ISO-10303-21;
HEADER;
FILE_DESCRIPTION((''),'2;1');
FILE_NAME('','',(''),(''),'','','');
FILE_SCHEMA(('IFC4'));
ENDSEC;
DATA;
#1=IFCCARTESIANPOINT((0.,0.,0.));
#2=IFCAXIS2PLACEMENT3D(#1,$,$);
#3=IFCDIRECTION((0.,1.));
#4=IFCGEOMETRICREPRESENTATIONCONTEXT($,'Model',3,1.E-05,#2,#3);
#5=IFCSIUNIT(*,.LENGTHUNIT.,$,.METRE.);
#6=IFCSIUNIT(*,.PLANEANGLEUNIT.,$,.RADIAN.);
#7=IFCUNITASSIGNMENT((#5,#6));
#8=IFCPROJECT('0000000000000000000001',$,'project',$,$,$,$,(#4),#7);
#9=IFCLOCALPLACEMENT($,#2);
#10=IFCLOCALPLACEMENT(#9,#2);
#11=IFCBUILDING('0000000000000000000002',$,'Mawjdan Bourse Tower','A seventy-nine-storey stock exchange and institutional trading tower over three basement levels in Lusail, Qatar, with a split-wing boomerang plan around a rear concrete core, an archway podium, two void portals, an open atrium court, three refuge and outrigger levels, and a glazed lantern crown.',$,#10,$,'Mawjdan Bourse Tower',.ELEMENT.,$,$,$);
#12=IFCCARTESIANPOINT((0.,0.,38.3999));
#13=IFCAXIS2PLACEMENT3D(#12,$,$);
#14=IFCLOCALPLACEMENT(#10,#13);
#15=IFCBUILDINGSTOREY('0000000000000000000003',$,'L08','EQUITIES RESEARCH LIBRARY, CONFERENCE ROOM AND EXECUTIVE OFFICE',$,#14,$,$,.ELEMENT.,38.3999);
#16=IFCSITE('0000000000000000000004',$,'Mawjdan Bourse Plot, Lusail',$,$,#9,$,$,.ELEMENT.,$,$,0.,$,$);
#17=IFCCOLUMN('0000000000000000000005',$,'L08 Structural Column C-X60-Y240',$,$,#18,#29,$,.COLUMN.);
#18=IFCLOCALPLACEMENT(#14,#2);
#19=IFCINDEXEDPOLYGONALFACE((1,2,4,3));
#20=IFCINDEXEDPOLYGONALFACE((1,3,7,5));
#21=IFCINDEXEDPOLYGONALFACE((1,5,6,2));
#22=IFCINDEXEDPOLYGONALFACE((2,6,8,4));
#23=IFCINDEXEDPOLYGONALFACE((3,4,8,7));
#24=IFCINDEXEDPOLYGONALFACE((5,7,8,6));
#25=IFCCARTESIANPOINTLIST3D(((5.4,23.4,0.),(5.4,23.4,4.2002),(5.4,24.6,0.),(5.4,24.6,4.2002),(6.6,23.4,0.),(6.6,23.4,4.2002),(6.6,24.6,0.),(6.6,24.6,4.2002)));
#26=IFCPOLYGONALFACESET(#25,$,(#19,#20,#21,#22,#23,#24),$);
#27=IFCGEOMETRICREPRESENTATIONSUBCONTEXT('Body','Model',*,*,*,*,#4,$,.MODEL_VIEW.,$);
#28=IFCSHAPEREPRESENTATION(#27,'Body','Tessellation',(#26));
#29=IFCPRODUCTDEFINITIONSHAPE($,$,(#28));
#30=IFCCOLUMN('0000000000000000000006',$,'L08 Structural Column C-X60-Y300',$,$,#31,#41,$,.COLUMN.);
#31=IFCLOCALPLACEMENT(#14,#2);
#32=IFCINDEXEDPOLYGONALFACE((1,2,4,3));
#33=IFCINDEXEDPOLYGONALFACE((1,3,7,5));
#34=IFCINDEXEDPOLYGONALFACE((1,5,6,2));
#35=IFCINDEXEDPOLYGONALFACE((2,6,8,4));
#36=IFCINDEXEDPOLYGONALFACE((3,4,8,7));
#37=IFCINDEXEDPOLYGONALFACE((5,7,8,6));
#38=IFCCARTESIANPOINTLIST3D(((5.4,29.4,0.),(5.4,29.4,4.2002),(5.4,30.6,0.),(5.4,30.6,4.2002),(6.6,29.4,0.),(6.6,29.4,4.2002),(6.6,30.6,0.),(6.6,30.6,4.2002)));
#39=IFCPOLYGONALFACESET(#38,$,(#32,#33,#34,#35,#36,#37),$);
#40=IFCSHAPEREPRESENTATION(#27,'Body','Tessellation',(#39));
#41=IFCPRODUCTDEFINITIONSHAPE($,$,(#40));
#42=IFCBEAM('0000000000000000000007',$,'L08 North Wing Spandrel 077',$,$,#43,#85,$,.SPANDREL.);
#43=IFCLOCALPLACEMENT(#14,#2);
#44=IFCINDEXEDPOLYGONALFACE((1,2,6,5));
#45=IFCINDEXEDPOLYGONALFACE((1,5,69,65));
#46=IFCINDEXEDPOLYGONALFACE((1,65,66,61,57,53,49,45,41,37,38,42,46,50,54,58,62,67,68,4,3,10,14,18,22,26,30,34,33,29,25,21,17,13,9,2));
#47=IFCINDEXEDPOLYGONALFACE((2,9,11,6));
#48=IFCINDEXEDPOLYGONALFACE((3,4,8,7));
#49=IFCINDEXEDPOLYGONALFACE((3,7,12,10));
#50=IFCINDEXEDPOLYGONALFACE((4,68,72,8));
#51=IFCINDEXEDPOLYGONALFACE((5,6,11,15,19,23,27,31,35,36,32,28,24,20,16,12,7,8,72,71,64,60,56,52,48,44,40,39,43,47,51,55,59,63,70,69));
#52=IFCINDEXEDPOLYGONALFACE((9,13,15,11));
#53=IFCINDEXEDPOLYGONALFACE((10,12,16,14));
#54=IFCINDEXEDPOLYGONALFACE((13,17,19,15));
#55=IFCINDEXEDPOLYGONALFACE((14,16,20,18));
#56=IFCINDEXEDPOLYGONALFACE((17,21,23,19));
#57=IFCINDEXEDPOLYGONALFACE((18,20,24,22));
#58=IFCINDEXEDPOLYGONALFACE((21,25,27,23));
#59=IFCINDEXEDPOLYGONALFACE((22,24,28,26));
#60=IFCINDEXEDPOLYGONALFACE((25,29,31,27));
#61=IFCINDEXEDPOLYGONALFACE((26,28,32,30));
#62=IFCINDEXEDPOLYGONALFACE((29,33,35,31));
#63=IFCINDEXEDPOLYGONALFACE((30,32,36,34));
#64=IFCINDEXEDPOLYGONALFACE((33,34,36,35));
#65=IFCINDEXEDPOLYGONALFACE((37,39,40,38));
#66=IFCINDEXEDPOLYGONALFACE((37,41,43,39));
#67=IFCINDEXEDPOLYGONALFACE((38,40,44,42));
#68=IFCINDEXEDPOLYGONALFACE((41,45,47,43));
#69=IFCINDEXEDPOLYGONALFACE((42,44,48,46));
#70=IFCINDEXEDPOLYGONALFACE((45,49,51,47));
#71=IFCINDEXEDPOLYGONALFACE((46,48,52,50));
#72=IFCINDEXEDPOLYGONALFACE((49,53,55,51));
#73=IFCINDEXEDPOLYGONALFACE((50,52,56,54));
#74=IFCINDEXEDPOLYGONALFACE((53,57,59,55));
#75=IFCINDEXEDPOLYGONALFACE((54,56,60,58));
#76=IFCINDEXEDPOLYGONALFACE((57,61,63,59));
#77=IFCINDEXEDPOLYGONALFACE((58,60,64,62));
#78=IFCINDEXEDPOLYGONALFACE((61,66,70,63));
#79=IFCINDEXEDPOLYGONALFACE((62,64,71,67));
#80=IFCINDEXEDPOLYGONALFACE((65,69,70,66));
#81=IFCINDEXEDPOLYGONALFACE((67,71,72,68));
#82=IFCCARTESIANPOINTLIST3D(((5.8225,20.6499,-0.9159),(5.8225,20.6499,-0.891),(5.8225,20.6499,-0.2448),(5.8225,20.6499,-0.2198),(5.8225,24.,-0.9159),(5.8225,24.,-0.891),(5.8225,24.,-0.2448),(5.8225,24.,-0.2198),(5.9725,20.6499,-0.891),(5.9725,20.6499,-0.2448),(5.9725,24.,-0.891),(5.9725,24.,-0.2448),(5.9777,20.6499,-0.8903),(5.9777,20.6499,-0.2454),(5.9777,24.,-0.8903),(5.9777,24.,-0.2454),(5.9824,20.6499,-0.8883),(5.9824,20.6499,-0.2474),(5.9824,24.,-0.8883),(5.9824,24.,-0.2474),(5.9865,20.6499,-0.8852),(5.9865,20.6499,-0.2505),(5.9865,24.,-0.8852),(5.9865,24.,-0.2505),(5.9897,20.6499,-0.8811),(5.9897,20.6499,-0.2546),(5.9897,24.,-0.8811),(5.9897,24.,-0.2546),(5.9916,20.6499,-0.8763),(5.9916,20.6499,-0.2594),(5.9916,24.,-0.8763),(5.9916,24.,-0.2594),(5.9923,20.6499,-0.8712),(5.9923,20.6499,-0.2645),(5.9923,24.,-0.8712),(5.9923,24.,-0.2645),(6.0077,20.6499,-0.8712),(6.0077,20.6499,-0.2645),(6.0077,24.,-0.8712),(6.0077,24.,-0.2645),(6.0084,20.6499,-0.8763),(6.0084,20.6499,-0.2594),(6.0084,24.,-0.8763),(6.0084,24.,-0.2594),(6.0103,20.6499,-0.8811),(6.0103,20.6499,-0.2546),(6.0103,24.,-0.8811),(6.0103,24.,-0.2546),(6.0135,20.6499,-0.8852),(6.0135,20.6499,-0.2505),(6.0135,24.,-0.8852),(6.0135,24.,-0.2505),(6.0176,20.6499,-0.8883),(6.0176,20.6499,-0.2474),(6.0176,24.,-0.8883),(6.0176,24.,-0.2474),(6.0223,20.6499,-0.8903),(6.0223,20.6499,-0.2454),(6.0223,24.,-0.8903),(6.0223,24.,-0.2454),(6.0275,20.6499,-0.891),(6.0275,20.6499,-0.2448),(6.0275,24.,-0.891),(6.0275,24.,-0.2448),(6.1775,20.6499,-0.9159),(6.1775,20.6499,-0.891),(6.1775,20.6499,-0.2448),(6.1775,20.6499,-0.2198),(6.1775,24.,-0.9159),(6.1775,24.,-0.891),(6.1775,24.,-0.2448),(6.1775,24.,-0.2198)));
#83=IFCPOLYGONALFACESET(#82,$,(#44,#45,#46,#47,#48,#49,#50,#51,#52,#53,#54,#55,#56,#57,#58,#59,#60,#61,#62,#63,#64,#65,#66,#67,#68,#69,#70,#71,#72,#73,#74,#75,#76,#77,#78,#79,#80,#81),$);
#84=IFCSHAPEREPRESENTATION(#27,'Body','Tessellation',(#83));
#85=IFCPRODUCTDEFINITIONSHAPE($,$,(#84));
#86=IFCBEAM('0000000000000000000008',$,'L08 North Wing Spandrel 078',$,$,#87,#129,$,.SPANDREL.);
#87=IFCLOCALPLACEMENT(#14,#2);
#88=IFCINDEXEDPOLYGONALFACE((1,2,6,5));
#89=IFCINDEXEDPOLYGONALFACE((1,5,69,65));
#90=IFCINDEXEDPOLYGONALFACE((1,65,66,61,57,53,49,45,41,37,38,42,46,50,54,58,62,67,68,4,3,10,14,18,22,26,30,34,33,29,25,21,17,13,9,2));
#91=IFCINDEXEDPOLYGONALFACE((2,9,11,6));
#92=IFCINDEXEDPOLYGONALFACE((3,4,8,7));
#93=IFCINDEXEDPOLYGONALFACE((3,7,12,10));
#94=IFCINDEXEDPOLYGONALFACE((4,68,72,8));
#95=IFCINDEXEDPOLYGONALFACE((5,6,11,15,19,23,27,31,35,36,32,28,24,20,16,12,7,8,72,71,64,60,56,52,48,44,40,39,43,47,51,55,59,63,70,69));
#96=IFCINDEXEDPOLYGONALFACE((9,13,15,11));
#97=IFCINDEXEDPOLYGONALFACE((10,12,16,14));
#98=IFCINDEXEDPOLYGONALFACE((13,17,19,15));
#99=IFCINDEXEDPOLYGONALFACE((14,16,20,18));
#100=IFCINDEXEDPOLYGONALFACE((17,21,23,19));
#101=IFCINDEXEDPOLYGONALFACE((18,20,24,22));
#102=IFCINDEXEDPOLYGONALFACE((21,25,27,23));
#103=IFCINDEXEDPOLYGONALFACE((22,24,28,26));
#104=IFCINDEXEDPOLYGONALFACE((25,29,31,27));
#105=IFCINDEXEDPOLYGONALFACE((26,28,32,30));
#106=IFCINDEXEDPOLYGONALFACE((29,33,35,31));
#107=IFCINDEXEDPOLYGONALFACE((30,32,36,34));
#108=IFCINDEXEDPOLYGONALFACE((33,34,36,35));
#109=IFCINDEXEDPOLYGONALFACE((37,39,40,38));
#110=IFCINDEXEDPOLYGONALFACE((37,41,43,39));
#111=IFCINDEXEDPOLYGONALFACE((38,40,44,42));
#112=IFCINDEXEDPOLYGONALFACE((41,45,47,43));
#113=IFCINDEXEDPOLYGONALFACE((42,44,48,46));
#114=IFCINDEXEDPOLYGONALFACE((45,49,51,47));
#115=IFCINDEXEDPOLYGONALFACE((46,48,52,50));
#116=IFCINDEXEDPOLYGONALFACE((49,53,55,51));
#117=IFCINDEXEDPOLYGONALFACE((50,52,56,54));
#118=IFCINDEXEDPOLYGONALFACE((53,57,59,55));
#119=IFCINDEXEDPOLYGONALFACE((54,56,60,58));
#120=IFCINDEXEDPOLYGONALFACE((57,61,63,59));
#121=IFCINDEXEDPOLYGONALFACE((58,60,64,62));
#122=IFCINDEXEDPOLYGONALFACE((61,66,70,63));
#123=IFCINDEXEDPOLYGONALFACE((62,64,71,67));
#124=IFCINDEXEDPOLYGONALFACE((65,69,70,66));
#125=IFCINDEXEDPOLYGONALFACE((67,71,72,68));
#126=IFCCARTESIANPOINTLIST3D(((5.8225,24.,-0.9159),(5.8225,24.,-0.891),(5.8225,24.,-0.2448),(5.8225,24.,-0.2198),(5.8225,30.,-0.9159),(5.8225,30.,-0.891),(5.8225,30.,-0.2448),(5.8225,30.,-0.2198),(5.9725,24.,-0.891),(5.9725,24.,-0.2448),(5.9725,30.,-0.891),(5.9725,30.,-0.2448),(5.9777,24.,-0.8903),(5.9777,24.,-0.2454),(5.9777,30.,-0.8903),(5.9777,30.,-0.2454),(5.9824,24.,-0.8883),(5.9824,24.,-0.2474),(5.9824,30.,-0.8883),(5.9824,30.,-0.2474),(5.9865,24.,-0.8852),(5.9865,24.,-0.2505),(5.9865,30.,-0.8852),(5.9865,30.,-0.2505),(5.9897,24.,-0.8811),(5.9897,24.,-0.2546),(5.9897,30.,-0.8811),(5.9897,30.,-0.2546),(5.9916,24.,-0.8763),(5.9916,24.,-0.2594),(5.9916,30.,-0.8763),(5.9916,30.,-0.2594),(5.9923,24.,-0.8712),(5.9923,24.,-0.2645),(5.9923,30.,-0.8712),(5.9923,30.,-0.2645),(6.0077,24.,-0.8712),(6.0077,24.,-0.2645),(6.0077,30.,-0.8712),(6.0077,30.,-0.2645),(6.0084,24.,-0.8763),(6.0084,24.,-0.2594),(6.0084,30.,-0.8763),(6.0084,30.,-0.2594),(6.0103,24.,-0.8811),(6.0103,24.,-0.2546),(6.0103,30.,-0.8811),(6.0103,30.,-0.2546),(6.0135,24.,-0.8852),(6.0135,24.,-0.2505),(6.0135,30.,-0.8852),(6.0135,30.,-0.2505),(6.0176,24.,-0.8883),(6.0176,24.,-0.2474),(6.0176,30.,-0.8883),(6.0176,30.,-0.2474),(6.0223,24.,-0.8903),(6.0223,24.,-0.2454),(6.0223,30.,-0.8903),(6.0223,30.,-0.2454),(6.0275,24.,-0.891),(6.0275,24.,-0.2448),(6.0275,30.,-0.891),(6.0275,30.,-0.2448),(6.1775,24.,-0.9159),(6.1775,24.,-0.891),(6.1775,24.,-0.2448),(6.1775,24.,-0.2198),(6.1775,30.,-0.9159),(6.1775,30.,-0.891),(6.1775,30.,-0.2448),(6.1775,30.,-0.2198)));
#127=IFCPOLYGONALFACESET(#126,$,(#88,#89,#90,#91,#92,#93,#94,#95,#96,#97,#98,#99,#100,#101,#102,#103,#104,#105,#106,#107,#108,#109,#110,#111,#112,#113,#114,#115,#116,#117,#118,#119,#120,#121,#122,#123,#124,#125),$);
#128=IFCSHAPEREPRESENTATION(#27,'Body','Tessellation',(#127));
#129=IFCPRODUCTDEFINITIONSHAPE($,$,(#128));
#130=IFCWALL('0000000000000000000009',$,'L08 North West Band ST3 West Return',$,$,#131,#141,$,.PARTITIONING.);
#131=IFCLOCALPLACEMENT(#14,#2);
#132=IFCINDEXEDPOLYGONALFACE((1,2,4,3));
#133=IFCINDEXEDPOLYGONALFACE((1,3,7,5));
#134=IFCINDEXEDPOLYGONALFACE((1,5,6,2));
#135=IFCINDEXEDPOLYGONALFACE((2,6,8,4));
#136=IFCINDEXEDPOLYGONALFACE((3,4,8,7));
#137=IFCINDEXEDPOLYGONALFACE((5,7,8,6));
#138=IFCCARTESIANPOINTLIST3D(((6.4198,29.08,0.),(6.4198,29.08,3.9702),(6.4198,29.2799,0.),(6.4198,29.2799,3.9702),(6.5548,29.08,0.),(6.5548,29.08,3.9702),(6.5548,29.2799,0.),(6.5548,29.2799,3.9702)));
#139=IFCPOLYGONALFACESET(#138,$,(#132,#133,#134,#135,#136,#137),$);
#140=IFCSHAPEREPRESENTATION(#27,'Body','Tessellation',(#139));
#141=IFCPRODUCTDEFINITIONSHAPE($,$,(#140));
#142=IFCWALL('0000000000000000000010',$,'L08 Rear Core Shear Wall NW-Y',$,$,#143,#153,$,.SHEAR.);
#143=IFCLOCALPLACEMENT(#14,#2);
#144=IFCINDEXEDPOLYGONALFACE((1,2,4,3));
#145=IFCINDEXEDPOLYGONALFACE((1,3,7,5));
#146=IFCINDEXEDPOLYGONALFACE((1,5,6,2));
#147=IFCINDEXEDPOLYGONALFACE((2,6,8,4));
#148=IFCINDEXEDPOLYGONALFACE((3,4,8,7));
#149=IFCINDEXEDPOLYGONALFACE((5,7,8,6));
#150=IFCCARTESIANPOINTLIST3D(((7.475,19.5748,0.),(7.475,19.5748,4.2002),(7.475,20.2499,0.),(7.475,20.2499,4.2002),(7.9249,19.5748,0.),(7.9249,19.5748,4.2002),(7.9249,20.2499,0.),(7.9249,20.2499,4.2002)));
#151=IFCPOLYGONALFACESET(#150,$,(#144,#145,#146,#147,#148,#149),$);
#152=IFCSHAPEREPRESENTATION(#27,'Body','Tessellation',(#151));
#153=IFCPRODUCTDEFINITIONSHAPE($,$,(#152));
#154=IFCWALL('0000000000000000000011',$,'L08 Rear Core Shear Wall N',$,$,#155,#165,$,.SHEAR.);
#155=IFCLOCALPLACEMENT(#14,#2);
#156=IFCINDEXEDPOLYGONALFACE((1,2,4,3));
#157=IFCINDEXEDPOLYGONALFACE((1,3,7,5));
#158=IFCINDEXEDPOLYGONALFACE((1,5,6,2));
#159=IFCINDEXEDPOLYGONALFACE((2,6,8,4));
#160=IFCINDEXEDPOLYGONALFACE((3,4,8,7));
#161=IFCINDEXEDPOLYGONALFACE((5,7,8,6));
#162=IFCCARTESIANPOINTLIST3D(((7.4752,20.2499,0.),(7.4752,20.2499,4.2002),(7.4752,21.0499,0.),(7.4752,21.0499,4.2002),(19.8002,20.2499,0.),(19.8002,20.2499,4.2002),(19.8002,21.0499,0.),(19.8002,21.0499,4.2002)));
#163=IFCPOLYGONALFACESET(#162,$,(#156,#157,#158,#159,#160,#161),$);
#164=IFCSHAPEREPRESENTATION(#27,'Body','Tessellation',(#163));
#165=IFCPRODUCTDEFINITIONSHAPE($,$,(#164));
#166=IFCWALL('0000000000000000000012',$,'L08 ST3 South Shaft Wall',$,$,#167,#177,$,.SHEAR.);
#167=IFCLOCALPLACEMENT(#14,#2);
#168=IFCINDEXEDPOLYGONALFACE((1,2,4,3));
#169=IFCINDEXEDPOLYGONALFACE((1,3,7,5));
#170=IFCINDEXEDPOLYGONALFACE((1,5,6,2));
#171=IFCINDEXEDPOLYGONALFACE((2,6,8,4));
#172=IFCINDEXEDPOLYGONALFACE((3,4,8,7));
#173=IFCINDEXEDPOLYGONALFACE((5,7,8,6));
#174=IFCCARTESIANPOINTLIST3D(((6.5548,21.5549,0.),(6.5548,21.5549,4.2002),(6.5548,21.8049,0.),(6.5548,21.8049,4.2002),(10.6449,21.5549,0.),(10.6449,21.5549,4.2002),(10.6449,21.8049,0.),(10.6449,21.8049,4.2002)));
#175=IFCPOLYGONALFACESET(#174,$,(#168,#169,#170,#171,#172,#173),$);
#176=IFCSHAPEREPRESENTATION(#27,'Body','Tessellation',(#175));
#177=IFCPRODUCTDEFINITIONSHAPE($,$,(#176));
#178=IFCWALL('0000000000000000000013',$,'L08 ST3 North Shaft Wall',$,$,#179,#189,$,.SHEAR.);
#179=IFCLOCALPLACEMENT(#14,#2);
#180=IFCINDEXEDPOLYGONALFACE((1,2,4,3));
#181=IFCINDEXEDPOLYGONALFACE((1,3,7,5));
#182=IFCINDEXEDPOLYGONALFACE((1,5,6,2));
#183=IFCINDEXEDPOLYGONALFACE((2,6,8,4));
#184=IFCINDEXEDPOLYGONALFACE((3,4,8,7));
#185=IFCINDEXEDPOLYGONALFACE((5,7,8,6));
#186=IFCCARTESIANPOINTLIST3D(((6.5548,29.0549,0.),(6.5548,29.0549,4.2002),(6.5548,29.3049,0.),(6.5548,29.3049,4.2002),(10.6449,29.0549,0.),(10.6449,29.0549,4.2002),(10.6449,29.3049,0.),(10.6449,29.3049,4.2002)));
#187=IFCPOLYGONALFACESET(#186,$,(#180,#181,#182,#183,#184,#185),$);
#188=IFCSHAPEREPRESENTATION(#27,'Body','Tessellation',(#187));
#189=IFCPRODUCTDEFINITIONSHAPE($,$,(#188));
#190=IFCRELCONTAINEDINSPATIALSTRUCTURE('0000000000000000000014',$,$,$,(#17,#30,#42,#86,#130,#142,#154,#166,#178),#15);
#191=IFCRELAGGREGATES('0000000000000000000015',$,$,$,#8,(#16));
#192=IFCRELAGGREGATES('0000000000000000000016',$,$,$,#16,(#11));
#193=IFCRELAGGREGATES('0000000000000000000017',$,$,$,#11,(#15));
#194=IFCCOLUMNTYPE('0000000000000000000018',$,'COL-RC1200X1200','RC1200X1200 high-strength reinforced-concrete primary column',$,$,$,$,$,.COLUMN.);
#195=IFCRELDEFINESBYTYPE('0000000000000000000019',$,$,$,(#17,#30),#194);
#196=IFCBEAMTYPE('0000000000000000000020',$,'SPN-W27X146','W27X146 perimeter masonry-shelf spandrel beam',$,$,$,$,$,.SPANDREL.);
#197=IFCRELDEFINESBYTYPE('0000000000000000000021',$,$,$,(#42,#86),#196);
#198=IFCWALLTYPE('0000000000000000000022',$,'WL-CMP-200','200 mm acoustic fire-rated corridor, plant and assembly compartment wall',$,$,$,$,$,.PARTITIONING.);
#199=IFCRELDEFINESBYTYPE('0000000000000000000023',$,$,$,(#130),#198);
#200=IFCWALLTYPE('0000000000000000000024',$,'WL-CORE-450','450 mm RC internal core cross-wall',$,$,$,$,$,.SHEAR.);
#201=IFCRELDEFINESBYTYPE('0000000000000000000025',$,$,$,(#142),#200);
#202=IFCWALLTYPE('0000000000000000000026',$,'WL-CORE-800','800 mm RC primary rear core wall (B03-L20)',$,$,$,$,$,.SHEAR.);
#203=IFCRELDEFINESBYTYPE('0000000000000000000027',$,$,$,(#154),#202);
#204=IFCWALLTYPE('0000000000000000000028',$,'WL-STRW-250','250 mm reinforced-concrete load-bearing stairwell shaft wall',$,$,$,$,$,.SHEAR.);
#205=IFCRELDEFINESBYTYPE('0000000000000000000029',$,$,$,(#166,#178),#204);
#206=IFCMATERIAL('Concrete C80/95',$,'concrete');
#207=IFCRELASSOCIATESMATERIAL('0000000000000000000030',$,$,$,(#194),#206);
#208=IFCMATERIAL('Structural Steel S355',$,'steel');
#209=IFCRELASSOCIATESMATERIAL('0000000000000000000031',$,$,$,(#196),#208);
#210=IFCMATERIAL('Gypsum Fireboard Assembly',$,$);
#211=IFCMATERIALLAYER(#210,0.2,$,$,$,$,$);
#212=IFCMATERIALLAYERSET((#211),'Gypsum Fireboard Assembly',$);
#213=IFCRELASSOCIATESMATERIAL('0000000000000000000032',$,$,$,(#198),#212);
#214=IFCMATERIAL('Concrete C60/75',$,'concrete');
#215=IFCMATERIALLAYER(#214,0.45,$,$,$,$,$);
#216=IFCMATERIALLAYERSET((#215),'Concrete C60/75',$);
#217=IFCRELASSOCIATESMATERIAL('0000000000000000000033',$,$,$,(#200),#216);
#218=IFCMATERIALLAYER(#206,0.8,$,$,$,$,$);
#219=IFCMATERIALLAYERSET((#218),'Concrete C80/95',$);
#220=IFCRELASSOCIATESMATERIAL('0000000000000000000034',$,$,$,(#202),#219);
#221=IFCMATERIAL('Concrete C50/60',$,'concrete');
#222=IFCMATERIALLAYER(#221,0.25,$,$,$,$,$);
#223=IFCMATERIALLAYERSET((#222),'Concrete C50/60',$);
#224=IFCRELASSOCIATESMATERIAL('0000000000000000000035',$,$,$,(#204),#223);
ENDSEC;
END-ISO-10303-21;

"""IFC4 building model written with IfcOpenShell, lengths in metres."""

from ifc_helpers import new_model, si_unit, direction, frame, frame_2d, origin, origin_2d, place, context, subcontext, project, spatial, rectangle, i_section, extrude, material, layer, layer_set, material_profile, profile_set, type_object, element, save


model = new_model("IFC4")

# Units and contexts
model_context = context("Model", 3, precision=1e-05, world=origin(), true_north=direction((0.0, 1.0)))
body_context = subcontext(model_context, "Body", "Model", "MODEL_VIEW")
ifc_project = project(units=[si_unit("LENGTHUNIT", "METRE"), si_unit("PLANEANGLEUNIT", "RADIAN")], contexts=[model_context])

# Site, building, storey
site_placement = place(None, origin())
site = spatial("IfcSite", under=ifc_project, at=site_placement, Name="Mawjdan Bourse Plot, Lusail", CompositionType="ELEMENT", RefElevation=0.0)
building_placement = place(site_placement, origin())
building = spatial("IfcBuilding", under=site, at=building_placement, Name="Mawjdan Bourse Tower", Description="A seventy-nine-storey stock exchange and institutional trading tower over three basement levels in Lusail, Qatar, with a split-wing boomerang plan around a rear concrete core, an archway podium, two void portals, an open atrium court, three refuge and outrigger levels, and a glazed lantern crown.", LongName="Mawjdan Bourse Tower", CompositionType="ELEMENT")
storey_placement = place(building_placement, frame((0.0, 0.0, 38.3999)))
storey = spatial("IfcBuildingStorey", under=building, at=storey_placement, Name="L08", Description="EQUITIES RESEARCH LIBRARY, CONFERENCE ROOM AND EXECUTIVE OFFICE", CompositionType="ELEMENT", Elevation=38.3999)

# Columns
ifc_material_1 = material(Name="Concrete C80/95", Category="concrete")
ifc_material_profile_1 = material_profile(ifc_material_1, rectangle(XDim=1.2, YDim=1.2, at=origin_2d()), Name="RC1200X1200")
ifc_profile_set_1 = profile_set([ifc_material_profile_1], Name="Concrete C80/95")
column_type = type_object("IfcColumnType", Name="COL-RC1200X1200", Description="RC1200X1200 high-strength reinforced-concrete primary column", PredefinedType="COLUMN", material=ifc_profile_set_1)
for number, where, z_axis, x_axis, name in (
    (1, (6.0, 24.0, 0.0), (0.0, 0.0, 1.0), (1.0, 0.0, 0.0), "L08 Structural Column C-X60-Y240"),
    (2, (6.0, 30.0, 0.0), (0.0, 0.0, 1.0), (1.0, 0.0, 0.0), "L08 Structural Column C-X60-Y300"),
):
    element("IfcColumn", number, at=place(storey_placement, frame(where, z_axis=z_axis, x_axis=x_axis)), inside=storey, type_object=column_type, Name=name, PredefinedType="COLUMN", context=body_context, shape_type="SweptSolid", body=[
        extrude(rectangle(XDim=1.2, YDim=1.2, at=origin_2d()), origin(), (0.0, 0.0, 1.0), 4.2002),
    ])

# Beams
ifc_material_2 = material(Name="Structural Steel S355", Category="steel")
ifc_material_profile_2 = material_profile(ifc_material_2, i_section(OverallWidth=0.355, OverallDepth=0.696, WebThickness=0.0154, FlangeThickness=0.0249, FilletRadius=0.0198, at=origin_2d()), Name="W27X146")
ifc_profile_set_2 = profile_set([ifc_material_profile_2], Name="Structural Steel S355")
beam_type = type_object("IfcBeamType", Name="SPN-W27X146", Description="W27X146 perimeter masonry-shelf spandrel beam", PredefinedType="SPANDREL", material=ifc_profile_set_2)
beam_1_placement = place(storey_placement, frame((6.0, 20.6499, -0.5679), z_axis=(0.0, 1.0, 0.0), x_axis=(-1.0, 0.0, 0.0)))
element("IfcBeam", 3, at=beam_1_placement, inside=storey, type_object=beam_type, Name="L08 North Wing Spandrel 077", PredefinedType="SPANDREL", context=body_context, shape_type="SweptSolid", body=[
    extrude(i_section(OverallWidth=0.355, OverallDepth=0.696, WebThickness=0.0154, FlangeThickness=0.0249, FilletRadius=0.0198, at=origin_2d()), origin(), (0.0, 0.0, 1.0), 3.3501),
])
beam_2_placement = place(storey_placement, frame((6.0, 24.0, -0.5679), z_axis=(0.0, 1.0, 0.0), x_axis=(-1.0, 0.0, 0.0)))
element("IfcBeam", 4, at=beam_2_placement, inside=storey, type_object=beam_type, Name="L08 North Wing Spandrel 078", PredefinedType="SPANDREL", context=body_context, shape_type="SweptSolid", body=[
    extrude(i_section(OverallWidth=0.355, OverallDepth=0.696, WebThickness=0.0154, FlangeThickness=0.0249, FilletRadius=0.0198, at=origin_2d()), origin(), (0.0, 0.0, 1.0), 6.0),
])

# Walls
ifc_material_3 = material(Name="Gypsum Fireboard Assembly")
ifc_layer_1 = layer(ifc_material_3, 0.2)
ifc_layer_set_1 = layer_set([ifc_layer_1], Name="Gypsum Fireboard Assembly")
wall_type_1 = type_object("IfcWallType", Name="WL-CMP-200", Description="200 mm acoustic fire-rated corridor, plant and assembly compartment wall", PredefinedType="PARTITIONING", material=ifc_layer_set_1)
wall_1_placement = place(storey_placement, frame((6.4199, 29.1799, 0.0), z_axis=(0.0, 0.0, 1.0), x_axis=(1.0, 0.0, 0.0)))
element("IfcWall", 5, at=wall_1_placement, inside=storey, type_object=wall_type_1, Name="L08 North West Band ST3 West Return", PredefinedType="PARTITIONING", context=body_context, shape_type="SweptSolid", body=[
    extrude(rectangle(XDim=0.135, YDim=0.2, at=frame_2d((0.0674, 0.0))), origin(), (0.0, 0.0, 1.0), 3.9702),
])
ifc_material_4 = material(Name="Concrete C60/75", Category="concrete")
ifc_layer_2 = layer(ifc_material_4, 0.45)
ifc_layer_set_2 = layer_set([ifc_layer_2], Name="Concrete C60/75")
wall_type_2 = type_object("IfcWallType", Name="WL-CORE-450", Description="450 mm RC internal core cross-wall", PredefinedType="SHEAR", material=ifc_layer_set_2)
wall_2_placement = place(storey_placement, frame((7.7, 19.575, 0.0), z_axis=(0.0, 0.0, 1.0), x_axis=(0.0, 1.0, 0.0)))
element("IfcWall", 6, at=wall_2_placement, inside=storey, type_object=wall_type_2, Name="L08 Rear Core Shear Wall NW-Y", PredefinedType="SHEAR", context=body_context, shape_type="SweptSolid", body=[
    extrude(rectangle(XDim=0.675, YDim=0.45, at=frame_2d((0.3374, 0.0))), origin(), (0.0, 0.0, 1.0), 4.2002),
])
ifc_layer_3 = layer(ifc_material_1, 0.8)
ifc_layer_set_3 = layer_set([ifc_layer_3], Name="Concrete C80/95")
wall_type_3 = type_object("IfcWallType", Name="WL-CORE-800", Description="800 mm RC primary rear core wall (B03-L20)", PredefinedType="SHEAR", material=ifc_layer_set_3)
wall_3_placement = place(storey_placement, frame((7.4751, 20.6499, 0.0), z_axis=(0.0, 0.0, 1.0), x_axis=(1.0, 0.0, 0.0)))
element("IfcWall", 7, at=wall_3_placement, inside=storey, type_object=wall_type_3, Name="L08 Rear Core Shear Wall N", PredefinedType="SHEAR", context=body_context, shape_type="SweptSolid", body=[
    extrude(rectangle(XDim=12.325, YDim=0.8, at=frame_2d((6.1626, 0.0))), origin(), (0.0, 0.0, 1.0), 4.2002),
])
ifc_material_5 = material(Name="Concrete C50/60", Category="concrete")
ifc_layer_4 = layer(ifc_material_5, 0.25)
ifc_layer_set_4 = layer_set([ifc_layer_4], Name="Concrete C50/60")
wall_type_4 = type_object("IfcWallType", Name="WL-STRW-250", Description="250 mm reinforced-concrete load-bearing stairwell shaft wall", PredefinedType="SHEAR", material=ifc_layer_set_4)
for number, where, z_axis, x_axis, name in (
    (8, (6.5549, 21.6799, 0.0), (0.0, 0.0, 1.0), (1.0, 0.0, 0.0), "L08 ST3 South Shaft Wall"),
    (9, (6.5549, 29.1799, 0.0), (0.0, 0.0, 1.0), (1.0, 0.0, 0.0), "L08 ST3 North Shaft Wall"),
):
    element("IfcWall", number, at=place(storey_placement, frame(where, z_axis=z_axis, x_axis=x_axis)), inside=storey, type_object=wall_type_4, Name=name, PredefinedType="SHEAR", context=body_context, shape_type="SweptSolid", body=[
        extrude(rectangle(XDim=4.0901, YDim=0.25, at=frame_2d((2.0449, 0.0))), origin(), (0.0, 0.0, 1.0), 4.2002),
    ])

save(model, "model.ifc")
